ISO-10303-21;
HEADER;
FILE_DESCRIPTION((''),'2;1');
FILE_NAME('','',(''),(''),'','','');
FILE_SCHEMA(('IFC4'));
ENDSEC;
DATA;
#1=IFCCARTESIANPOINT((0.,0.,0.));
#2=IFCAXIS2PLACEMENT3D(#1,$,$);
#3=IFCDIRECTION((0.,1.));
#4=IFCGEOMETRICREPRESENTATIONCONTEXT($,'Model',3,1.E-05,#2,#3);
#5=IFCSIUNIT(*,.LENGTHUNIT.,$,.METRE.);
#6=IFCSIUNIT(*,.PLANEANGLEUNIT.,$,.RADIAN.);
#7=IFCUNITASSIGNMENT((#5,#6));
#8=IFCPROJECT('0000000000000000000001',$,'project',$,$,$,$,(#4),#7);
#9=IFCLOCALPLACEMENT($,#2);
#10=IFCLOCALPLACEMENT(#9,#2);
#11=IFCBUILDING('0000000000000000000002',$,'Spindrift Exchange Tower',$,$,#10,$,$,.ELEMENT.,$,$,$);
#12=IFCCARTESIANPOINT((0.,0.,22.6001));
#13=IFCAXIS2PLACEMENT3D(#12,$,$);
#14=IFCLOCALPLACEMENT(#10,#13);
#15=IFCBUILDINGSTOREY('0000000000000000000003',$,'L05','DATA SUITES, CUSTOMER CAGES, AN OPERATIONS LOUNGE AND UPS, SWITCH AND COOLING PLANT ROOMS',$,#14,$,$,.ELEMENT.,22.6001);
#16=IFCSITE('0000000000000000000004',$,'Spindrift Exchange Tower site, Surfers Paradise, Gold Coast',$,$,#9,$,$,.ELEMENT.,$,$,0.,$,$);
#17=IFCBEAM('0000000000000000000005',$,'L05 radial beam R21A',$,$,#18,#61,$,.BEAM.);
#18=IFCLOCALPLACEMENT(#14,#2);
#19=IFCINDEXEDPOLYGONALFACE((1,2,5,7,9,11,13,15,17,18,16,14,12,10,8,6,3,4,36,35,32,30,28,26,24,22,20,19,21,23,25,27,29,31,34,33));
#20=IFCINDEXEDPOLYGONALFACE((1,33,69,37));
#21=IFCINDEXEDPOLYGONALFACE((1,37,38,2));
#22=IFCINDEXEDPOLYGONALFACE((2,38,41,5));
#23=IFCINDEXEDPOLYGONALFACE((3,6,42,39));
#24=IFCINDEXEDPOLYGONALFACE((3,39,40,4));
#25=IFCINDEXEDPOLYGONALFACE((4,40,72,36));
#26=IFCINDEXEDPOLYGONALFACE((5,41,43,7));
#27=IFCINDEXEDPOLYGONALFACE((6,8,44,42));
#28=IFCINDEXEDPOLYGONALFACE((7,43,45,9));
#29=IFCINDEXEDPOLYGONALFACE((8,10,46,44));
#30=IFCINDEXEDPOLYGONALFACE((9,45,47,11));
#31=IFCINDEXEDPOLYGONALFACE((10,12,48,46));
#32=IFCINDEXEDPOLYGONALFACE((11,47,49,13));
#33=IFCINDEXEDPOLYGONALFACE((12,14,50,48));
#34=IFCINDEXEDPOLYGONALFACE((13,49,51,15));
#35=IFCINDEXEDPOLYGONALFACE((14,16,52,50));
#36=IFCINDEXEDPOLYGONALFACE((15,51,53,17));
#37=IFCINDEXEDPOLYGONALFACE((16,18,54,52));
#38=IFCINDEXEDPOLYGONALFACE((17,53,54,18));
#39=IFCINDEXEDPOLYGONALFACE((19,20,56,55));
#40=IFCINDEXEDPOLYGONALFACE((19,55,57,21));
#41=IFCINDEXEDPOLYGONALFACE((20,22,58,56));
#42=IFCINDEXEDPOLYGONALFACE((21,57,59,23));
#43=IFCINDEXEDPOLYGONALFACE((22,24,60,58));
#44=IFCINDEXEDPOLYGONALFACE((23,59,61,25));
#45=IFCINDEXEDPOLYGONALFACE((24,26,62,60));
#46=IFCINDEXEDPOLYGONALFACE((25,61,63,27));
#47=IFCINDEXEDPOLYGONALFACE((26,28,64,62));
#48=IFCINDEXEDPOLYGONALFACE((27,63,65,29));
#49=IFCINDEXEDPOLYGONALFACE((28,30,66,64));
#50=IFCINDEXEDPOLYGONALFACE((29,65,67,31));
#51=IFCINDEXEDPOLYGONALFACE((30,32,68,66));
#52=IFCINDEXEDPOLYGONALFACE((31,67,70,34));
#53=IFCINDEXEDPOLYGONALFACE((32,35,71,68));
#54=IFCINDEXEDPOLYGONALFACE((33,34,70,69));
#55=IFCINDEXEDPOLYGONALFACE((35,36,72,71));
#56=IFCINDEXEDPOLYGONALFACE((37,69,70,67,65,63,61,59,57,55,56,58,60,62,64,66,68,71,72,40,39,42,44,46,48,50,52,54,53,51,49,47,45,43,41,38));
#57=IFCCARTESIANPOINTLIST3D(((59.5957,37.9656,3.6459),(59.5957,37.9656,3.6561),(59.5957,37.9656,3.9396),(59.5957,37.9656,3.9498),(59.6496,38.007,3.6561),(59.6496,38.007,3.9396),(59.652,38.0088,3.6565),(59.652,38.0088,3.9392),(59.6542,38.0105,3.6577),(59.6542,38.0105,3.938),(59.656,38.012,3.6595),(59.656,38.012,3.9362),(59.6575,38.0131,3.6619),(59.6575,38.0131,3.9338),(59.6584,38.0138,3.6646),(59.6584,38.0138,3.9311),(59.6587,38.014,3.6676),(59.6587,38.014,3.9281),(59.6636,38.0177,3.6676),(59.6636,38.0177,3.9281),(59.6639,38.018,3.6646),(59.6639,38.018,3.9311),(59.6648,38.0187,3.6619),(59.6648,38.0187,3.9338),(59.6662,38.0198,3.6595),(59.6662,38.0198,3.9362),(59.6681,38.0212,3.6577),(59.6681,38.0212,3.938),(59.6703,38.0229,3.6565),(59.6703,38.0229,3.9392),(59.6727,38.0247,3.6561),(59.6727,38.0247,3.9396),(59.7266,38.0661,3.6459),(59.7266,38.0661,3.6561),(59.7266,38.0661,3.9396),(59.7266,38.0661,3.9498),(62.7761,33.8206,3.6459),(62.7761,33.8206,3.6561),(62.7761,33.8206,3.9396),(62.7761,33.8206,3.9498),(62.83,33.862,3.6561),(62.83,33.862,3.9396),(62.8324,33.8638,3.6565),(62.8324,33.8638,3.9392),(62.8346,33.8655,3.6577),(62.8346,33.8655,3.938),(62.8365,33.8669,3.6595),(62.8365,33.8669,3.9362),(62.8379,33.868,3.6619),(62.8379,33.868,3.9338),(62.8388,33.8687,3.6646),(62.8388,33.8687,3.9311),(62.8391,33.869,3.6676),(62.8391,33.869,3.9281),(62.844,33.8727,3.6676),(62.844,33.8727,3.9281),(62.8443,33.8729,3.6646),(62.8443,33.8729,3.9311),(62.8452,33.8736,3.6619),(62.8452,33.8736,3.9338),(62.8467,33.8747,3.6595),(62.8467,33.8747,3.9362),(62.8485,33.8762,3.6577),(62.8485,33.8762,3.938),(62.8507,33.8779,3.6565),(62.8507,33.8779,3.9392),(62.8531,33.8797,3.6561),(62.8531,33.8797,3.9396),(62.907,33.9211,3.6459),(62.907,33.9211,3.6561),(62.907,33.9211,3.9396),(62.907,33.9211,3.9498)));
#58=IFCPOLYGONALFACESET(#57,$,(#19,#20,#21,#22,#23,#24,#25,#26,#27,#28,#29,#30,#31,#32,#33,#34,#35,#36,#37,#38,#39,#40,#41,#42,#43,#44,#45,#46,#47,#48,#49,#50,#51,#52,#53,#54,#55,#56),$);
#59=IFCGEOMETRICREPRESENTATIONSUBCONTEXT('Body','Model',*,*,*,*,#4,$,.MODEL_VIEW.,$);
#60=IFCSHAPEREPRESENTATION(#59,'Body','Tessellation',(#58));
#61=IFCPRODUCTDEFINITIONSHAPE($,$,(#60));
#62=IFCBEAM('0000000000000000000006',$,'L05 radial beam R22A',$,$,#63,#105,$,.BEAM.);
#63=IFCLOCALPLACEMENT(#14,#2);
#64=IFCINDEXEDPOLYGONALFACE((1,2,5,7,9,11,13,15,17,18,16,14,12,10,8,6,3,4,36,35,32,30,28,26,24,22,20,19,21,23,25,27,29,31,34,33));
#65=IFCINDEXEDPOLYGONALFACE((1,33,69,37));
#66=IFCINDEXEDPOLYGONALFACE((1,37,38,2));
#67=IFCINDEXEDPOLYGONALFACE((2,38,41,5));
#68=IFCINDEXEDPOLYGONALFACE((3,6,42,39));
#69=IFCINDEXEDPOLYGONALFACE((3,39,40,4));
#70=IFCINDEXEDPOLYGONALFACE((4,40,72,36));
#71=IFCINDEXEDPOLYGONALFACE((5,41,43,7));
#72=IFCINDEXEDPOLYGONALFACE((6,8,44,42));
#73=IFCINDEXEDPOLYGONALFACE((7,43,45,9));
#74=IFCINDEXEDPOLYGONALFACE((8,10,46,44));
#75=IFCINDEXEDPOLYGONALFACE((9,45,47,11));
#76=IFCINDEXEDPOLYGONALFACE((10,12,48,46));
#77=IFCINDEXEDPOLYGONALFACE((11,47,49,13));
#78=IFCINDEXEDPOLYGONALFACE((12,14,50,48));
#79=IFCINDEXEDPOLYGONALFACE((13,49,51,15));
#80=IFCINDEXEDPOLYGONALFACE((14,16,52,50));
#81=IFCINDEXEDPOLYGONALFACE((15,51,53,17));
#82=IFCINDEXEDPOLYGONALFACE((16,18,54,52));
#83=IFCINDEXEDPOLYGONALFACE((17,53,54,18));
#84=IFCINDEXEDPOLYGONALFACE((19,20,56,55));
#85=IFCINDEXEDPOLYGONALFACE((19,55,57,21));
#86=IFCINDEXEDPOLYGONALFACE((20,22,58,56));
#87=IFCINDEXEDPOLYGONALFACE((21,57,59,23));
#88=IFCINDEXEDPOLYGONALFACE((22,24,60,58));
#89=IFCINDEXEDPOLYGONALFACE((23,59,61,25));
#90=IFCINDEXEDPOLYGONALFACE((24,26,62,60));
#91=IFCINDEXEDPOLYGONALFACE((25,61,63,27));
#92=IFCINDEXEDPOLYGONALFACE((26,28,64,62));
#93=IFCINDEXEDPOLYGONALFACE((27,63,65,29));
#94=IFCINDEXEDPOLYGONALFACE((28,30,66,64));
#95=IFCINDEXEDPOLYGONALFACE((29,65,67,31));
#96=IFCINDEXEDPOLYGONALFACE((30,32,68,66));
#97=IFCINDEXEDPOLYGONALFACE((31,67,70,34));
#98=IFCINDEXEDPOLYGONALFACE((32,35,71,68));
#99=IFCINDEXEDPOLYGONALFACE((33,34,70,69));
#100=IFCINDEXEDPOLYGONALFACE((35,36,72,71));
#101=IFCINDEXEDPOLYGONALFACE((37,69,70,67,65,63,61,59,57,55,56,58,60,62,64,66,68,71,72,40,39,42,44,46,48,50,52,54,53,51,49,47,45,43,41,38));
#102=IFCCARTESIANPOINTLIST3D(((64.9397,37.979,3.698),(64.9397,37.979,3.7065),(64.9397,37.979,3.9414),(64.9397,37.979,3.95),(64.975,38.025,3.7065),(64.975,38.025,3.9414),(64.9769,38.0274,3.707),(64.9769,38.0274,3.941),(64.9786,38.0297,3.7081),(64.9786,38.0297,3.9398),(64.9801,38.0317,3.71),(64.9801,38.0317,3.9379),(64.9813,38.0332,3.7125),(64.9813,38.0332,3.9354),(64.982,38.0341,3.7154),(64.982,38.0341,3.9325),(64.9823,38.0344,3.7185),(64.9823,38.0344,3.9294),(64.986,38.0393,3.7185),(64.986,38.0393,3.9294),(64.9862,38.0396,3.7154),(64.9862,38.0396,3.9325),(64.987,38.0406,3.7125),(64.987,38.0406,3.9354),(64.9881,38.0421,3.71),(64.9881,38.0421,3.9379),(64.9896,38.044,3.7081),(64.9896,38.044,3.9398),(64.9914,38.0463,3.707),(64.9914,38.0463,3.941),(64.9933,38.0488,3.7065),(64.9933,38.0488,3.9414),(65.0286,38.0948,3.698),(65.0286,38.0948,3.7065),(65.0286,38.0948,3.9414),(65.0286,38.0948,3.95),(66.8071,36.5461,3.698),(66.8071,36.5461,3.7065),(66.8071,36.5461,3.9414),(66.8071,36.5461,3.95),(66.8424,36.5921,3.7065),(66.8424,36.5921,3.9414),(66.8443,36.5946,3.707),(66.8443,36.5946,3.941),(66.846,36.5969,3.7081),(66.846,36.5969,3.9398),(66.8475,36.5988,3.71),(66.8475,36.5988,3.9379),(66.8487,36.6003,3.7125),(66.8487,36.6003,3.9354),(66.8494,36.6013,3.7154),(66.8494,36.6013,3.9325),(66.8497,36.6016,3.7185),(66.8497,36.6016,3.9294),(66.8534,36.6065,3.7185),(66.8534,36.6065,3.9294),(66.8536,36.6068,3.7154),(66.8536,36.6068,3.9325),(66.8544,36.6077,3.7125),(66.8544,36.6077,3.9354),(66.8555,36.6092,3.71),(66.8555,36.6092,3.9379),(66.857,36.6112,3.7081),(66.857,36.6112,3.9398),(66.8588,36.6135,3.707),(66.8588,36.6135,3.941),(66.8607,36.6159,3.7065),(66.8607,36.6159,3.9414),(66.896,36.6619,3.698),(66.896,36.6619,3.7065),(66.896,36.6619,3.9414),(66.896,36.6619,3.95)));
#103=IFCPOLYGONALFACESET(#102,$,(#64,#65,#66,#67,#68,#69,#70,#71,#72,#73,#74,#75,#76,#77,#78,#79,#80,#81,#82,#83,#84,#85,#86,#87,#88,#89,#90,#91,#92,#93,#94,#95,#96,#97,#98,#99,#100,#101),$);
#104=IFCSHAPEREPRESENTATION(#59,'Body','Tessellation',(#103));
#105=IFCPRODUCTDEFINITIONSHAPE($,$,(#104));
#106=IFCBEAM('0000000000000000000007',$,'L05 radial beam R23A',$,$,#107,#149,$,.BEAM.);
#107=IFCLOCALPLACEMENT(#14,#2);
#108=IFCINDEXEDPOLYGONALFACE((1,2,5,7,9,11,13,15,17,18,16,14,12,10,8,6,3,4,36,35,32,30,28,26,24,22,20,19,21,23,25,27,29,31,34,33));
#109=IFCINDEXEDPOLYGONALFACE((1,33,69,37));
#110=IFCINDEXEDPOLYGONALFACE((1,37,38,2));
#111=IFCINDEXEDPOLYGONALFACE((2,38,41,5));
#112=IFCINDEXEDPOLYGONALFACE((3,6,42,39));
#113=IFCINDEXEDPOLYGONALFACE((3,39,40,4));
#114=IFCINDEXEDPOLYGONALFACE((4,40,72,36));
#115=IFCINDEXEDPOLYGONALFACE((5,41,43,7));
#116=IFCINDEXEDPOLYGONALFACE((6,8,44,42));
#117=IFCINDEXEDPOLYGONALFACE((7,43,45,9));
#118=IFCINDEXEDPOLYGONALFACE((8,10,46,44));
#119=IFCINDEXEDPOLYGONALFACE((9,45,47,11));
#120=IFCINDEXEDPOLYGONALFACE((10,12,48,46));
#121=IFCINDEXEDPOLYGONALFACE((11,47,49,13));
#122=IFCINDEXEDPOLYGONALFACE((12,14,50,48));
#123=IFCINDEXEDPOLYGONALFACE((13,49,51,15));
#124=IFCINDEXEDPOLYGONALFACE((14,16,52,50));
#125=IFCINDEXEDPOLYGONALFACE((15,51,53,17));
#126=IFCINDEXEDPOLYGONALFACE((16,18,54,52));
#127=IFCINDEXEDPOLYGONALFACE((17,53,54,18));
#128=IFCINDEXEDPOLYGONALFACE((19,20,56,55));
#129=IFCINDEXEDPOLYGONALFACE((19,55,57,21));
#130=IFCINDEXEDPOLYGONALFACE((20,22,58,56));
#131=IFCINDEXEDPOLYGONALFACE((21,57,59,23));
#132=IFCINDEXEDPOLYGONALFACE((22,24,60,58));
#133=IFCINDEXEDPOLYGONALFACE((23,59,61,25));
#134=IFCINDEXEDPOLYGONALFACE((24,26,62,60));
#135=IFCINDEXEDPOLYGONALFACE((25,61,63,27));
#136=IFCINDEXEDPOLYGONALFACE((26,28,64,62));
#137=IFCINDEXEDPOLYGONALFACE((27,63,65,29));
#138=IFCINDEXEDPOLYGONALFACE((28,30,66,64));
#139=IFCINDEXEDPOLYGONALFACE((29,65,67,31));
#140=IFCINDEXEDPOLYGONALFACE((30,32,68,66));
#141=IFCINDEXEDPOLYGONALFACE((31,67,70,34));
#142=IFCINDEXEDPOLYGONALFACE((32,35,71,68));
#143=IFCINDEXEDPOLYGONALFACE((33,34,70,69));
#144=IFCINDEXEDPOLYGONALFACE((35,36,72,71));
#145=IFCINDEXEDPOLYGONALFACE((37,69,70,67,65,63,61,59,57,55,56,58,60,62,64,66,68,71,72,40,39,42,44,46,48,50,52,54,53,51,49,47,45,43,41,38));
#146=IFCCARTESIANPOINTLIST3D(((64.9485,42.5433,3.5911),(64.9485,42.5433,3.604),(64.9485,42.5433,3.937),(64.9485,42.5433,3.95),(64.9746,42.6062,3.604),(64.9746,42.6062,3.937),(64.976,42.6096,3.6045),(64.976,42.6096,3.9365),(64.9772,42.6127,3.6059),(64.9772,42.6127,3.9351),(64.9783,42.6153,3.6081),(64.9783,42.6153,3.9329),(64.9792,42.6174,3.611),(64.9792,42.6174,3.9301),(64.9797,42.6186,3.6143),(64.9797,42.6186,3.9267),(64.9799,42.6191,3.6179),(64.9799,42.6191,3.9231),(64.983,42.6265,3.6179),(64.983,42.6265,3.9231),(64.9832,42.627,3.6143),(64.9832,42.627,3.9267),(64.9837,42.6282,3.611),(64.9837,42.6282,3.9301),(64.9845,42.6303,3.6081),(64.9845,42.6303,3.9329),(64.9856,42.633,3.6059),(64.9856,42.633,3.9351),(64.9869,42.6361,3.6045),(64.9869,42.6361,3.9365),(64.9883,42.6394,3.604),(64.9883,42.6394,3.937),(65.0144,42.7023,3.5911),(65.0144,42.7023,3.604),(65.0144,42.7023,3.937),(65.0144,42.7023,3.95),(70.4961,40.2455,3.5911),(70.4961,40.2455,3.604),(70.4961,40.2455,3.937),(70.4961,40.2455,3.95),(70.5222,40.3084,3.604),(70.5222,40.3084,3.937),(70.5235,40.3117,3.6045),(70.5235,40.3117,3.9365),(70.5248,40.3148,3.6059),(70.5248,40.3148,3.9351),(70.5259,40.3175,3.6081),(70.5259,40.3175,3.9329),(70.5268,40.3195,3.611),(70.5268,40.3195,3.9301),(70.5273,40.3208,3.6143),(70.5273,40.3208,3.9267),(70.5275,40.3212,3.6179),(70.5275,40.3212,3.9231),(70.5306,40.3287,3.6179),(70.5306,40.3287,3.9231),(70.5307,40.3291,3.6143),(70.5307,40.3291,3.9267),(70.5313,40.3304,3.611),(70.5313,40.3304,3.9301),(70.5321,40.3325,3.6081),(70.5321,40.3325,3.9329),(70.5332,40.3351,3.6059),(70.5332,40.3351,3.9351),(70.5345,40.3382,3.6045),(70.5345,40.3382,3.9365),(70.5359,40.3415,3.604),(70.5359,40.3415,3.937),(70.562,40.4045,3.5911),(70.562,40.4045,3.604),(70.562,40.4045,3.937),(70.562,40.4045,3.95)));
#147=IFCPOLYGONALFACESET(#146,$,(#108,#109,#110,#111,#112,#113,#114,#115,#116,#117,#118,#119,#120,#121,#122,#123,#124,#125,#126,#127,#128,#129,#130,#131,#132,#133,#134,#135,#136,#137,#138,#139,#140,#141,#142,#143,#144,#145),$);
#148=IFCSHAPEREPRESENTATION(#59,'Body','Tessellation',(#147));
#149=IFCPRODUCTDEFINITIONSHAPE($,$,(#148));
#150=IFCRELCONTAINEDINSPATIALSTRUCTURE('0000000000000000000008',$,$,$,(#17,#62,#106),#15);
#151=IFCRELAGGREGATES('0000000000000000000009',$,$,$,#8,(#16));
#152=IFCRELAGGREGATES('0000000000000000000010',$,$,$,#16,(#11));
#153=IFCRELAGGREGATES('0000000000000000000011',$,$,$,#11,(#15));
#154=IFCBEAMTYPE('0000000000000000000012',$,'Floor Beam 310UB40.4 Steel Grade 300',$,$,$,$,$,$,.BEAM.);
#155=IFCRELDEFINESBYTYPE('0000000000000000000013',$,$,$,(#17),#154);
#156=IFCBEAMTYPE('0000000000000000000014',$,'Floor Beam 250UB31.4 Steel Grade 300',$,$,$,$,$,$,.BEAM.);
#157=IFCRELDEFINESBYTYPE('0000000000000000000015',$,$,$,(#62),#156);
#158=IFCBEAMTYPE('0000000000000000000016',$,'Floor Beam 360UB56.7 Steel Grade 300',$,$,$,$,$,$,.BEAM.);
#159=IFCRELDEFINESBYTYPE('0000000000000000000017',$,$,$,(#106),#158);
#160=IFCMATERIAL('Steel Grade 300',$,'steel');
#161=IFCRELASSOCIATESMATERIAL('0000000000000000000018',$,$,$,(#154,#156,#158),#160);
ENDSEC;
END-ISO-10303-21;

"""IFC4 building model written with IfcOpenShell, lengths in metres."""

from ifc_helpers import new_model, si_unit, direction, frame, origin, origin_2d, place, context, subcontext, project, spatial, i_section, extrude, source, transform, mapped, material, material_profile, profile_set, type_object, element, save


model = new_model("IFC4")

# Units and contexts
model_context = context("Model", 3, precision=1e-05, world=origin(), true_north=direction((0.0, 1.0)))
body_context = subcontext(model_context, "Body", "Model", "MODEL_VIEW")
ifc_project = project(units=[si_unit("LENGTHUNIT", "METRE"), si_unit("PLANEANGLEUNIT", "RADIAN")], contexts=[model_context])

# Site, building, storey
site_placement = place(None, origin())
site = spatial("IfcSite", under=ifc_project, at=site_placement, Name="Spindrift Exchange Tower site, Surfers Paradise, Gold Coast", CompositionType="ELEMENT", RefElevation=0.0)
building_placement = place(site_placement, origin())
building = spatial("IfcBuilding", under=site, at=building_placement, Name="Spindrift Exchange Tower", CompositionType="ELEMENT")
storey_placement = place(building_placement, frame((0.0, 0.0, 22.6001)))
storey = spatial("IfcBuildingStorey", under=building, at=storey_placement, Name="L05", Description="DATA SUITES, CUSTOMER CAGES, AN OPERATIONS LOUNGE AND UPS, SWITCH AND COOLING PLANT ROOMS", CompositionType="ELEMENT", Elevation=22.6001)

# Beams
ifc_material_1 = material(Name="Steel Grade 300", Category="steel")
ifc_material_profile_1 = material_profile(ifc_material_1, i_section(OverallWidth=0.165, OverallDepth=0.304, WebThickness=0.0061, FlangeThickness=0.0103, FilletRadius=0.0115, at=origin_2d()), Name="310UB40.4")
ifc_profile_set_1 = profile_set([ifc_material_profile_1], Name="Steel Grade 300")
beam_type_1 = type_object("IfcBeamType", Name="Floor Beam 310UB40.4 Steel Grade 300", PredefinedType="BEAM", material=ifc_profile_set_1)
shared_shape_1 = source(origin(), body_context, "Body", "SweptSolid", [
    extrude(i_section(OverallWidth=0.165, OverallDepth=0.304, WebThickness=0.0061, FlangeThickness=0.0103, FilletRadius=0.0115, at=origin_2d()), origin(), (0.0, 0.0, 1.0), 5.2246),
])
beam_1_placement = place(storey_placement, frame((59.6611, 38.0159, 3.7979), z_axis=(0.608741, -0.793369, 0.0), x_axis=(0.793369, 0.608741, 0.0)))
element("IfcBeam", 1, at=beam_1_placement, inside=storey, type_object=beam_type_1, Name="L05 radial beam R21A", PredefinedType="BEAM", context=body_context, shape_type="MappedRepresentation", body=[
    mapped(shared_shape_1, transform((0.0, 0.0, 0.0), scale=1.0)),
])
ifc_material_profile_2 = material_profile(ifc_material_1, i_section(OverallWidth=0.146, OverallDepth=0.252, WebThickness=0.0061, FlangeThickness=0.0085, FilletRadius=0.012, at=origin_2d()), Name="250UB31.4")
ifc_profile_set_2 = profile_set([ifc_material_profile_2], Name="Steel Grade 300")
beam_type_2 = type_object("IfcBeamType", Name="Floor Beam 250UB31.4 Steel Grade 300", PredefinedType="BEAM", material=ifc_profile_set_2)
shared_shape_2 = source(origin(), body_context, "Body", "SweptSolid", [
    extrude(i_section(OverallWidth=0.146, OverallDepth=0.252, WebThickness=0.0061, FlangeThickness=0.0085, FilletRadius=0.012, at=origin_2d()), origin(), (0.0, 0.0, 1.0), 2.3538),
])
beam_2_placement = place(storey_placement, frame((64.9841, 38.0369, 3.824), z_axis=(0.793368, -0.608743, 0.0), x_axis=(0.608743, 0.793368, 0.0)))
element("IfcBeam", 2, at=beam_2_placement, inside=storey, type_object=beam_type_2, Name="L05 radial beam R22A", PredefinedType="BEAM", context=body_context, shape_type="MappedRepresentation", body=[
    mapped(shared_shape_2, transform((0.0, 0.0, 0.0), scale=1.0)),
])
ifc_material_profile_3 = material_profile(ifc_material_1, i_section(OverallWidth=0.1721, OverallDepth=0.3589, WebThickness=0.0081, FlangeThickness=0.0129, FilletRadius=0.0139, at=origin_2d()), Name="360UB56.7")
ifc_profile_set_3 = profile_set([ifc_material_profile_3], Name="Steel Grade 300")
beam_type_3 = type_object("IfcBeamType", Name="Floor Beam 360UB56.7 Steel Grade 300", PredefinedType="BEAM", material=ifc_profile_set_3)
shared_shape_3 = source(origin(), body_context, "Body", "SweptSolid", [
    extrude(i_section(OverallWidth=0.1721, OverallDepth=0.3589, WebThickness=0.0081, FlangeThickness=0.0129, FilletRadius=0.0139, at=origin_2d()), origin(), (0.0, 0.0, 1.0), 6.0046),
])
beam_3_placement = place(storey_placement, frame((64.9814, 42.6228, 3.7705), z_axis=(0.923882, -0.382677, 0.0), x_axis=(0.382677, 0.923882, 0.0)))
element("IfcBeam", 3, at=beam_3_placement, inside=storey, type_object=beam_type_3, Name="L05 radial beam R23A", PredefinedType="BEAM", context=body_context, shape_type="MappedRepresentation", body=[
    mapped(shared_shape_3, transform((0.0, 0.0, 0.0), scale=1.0)),
])

save(model, "model.ifc")
